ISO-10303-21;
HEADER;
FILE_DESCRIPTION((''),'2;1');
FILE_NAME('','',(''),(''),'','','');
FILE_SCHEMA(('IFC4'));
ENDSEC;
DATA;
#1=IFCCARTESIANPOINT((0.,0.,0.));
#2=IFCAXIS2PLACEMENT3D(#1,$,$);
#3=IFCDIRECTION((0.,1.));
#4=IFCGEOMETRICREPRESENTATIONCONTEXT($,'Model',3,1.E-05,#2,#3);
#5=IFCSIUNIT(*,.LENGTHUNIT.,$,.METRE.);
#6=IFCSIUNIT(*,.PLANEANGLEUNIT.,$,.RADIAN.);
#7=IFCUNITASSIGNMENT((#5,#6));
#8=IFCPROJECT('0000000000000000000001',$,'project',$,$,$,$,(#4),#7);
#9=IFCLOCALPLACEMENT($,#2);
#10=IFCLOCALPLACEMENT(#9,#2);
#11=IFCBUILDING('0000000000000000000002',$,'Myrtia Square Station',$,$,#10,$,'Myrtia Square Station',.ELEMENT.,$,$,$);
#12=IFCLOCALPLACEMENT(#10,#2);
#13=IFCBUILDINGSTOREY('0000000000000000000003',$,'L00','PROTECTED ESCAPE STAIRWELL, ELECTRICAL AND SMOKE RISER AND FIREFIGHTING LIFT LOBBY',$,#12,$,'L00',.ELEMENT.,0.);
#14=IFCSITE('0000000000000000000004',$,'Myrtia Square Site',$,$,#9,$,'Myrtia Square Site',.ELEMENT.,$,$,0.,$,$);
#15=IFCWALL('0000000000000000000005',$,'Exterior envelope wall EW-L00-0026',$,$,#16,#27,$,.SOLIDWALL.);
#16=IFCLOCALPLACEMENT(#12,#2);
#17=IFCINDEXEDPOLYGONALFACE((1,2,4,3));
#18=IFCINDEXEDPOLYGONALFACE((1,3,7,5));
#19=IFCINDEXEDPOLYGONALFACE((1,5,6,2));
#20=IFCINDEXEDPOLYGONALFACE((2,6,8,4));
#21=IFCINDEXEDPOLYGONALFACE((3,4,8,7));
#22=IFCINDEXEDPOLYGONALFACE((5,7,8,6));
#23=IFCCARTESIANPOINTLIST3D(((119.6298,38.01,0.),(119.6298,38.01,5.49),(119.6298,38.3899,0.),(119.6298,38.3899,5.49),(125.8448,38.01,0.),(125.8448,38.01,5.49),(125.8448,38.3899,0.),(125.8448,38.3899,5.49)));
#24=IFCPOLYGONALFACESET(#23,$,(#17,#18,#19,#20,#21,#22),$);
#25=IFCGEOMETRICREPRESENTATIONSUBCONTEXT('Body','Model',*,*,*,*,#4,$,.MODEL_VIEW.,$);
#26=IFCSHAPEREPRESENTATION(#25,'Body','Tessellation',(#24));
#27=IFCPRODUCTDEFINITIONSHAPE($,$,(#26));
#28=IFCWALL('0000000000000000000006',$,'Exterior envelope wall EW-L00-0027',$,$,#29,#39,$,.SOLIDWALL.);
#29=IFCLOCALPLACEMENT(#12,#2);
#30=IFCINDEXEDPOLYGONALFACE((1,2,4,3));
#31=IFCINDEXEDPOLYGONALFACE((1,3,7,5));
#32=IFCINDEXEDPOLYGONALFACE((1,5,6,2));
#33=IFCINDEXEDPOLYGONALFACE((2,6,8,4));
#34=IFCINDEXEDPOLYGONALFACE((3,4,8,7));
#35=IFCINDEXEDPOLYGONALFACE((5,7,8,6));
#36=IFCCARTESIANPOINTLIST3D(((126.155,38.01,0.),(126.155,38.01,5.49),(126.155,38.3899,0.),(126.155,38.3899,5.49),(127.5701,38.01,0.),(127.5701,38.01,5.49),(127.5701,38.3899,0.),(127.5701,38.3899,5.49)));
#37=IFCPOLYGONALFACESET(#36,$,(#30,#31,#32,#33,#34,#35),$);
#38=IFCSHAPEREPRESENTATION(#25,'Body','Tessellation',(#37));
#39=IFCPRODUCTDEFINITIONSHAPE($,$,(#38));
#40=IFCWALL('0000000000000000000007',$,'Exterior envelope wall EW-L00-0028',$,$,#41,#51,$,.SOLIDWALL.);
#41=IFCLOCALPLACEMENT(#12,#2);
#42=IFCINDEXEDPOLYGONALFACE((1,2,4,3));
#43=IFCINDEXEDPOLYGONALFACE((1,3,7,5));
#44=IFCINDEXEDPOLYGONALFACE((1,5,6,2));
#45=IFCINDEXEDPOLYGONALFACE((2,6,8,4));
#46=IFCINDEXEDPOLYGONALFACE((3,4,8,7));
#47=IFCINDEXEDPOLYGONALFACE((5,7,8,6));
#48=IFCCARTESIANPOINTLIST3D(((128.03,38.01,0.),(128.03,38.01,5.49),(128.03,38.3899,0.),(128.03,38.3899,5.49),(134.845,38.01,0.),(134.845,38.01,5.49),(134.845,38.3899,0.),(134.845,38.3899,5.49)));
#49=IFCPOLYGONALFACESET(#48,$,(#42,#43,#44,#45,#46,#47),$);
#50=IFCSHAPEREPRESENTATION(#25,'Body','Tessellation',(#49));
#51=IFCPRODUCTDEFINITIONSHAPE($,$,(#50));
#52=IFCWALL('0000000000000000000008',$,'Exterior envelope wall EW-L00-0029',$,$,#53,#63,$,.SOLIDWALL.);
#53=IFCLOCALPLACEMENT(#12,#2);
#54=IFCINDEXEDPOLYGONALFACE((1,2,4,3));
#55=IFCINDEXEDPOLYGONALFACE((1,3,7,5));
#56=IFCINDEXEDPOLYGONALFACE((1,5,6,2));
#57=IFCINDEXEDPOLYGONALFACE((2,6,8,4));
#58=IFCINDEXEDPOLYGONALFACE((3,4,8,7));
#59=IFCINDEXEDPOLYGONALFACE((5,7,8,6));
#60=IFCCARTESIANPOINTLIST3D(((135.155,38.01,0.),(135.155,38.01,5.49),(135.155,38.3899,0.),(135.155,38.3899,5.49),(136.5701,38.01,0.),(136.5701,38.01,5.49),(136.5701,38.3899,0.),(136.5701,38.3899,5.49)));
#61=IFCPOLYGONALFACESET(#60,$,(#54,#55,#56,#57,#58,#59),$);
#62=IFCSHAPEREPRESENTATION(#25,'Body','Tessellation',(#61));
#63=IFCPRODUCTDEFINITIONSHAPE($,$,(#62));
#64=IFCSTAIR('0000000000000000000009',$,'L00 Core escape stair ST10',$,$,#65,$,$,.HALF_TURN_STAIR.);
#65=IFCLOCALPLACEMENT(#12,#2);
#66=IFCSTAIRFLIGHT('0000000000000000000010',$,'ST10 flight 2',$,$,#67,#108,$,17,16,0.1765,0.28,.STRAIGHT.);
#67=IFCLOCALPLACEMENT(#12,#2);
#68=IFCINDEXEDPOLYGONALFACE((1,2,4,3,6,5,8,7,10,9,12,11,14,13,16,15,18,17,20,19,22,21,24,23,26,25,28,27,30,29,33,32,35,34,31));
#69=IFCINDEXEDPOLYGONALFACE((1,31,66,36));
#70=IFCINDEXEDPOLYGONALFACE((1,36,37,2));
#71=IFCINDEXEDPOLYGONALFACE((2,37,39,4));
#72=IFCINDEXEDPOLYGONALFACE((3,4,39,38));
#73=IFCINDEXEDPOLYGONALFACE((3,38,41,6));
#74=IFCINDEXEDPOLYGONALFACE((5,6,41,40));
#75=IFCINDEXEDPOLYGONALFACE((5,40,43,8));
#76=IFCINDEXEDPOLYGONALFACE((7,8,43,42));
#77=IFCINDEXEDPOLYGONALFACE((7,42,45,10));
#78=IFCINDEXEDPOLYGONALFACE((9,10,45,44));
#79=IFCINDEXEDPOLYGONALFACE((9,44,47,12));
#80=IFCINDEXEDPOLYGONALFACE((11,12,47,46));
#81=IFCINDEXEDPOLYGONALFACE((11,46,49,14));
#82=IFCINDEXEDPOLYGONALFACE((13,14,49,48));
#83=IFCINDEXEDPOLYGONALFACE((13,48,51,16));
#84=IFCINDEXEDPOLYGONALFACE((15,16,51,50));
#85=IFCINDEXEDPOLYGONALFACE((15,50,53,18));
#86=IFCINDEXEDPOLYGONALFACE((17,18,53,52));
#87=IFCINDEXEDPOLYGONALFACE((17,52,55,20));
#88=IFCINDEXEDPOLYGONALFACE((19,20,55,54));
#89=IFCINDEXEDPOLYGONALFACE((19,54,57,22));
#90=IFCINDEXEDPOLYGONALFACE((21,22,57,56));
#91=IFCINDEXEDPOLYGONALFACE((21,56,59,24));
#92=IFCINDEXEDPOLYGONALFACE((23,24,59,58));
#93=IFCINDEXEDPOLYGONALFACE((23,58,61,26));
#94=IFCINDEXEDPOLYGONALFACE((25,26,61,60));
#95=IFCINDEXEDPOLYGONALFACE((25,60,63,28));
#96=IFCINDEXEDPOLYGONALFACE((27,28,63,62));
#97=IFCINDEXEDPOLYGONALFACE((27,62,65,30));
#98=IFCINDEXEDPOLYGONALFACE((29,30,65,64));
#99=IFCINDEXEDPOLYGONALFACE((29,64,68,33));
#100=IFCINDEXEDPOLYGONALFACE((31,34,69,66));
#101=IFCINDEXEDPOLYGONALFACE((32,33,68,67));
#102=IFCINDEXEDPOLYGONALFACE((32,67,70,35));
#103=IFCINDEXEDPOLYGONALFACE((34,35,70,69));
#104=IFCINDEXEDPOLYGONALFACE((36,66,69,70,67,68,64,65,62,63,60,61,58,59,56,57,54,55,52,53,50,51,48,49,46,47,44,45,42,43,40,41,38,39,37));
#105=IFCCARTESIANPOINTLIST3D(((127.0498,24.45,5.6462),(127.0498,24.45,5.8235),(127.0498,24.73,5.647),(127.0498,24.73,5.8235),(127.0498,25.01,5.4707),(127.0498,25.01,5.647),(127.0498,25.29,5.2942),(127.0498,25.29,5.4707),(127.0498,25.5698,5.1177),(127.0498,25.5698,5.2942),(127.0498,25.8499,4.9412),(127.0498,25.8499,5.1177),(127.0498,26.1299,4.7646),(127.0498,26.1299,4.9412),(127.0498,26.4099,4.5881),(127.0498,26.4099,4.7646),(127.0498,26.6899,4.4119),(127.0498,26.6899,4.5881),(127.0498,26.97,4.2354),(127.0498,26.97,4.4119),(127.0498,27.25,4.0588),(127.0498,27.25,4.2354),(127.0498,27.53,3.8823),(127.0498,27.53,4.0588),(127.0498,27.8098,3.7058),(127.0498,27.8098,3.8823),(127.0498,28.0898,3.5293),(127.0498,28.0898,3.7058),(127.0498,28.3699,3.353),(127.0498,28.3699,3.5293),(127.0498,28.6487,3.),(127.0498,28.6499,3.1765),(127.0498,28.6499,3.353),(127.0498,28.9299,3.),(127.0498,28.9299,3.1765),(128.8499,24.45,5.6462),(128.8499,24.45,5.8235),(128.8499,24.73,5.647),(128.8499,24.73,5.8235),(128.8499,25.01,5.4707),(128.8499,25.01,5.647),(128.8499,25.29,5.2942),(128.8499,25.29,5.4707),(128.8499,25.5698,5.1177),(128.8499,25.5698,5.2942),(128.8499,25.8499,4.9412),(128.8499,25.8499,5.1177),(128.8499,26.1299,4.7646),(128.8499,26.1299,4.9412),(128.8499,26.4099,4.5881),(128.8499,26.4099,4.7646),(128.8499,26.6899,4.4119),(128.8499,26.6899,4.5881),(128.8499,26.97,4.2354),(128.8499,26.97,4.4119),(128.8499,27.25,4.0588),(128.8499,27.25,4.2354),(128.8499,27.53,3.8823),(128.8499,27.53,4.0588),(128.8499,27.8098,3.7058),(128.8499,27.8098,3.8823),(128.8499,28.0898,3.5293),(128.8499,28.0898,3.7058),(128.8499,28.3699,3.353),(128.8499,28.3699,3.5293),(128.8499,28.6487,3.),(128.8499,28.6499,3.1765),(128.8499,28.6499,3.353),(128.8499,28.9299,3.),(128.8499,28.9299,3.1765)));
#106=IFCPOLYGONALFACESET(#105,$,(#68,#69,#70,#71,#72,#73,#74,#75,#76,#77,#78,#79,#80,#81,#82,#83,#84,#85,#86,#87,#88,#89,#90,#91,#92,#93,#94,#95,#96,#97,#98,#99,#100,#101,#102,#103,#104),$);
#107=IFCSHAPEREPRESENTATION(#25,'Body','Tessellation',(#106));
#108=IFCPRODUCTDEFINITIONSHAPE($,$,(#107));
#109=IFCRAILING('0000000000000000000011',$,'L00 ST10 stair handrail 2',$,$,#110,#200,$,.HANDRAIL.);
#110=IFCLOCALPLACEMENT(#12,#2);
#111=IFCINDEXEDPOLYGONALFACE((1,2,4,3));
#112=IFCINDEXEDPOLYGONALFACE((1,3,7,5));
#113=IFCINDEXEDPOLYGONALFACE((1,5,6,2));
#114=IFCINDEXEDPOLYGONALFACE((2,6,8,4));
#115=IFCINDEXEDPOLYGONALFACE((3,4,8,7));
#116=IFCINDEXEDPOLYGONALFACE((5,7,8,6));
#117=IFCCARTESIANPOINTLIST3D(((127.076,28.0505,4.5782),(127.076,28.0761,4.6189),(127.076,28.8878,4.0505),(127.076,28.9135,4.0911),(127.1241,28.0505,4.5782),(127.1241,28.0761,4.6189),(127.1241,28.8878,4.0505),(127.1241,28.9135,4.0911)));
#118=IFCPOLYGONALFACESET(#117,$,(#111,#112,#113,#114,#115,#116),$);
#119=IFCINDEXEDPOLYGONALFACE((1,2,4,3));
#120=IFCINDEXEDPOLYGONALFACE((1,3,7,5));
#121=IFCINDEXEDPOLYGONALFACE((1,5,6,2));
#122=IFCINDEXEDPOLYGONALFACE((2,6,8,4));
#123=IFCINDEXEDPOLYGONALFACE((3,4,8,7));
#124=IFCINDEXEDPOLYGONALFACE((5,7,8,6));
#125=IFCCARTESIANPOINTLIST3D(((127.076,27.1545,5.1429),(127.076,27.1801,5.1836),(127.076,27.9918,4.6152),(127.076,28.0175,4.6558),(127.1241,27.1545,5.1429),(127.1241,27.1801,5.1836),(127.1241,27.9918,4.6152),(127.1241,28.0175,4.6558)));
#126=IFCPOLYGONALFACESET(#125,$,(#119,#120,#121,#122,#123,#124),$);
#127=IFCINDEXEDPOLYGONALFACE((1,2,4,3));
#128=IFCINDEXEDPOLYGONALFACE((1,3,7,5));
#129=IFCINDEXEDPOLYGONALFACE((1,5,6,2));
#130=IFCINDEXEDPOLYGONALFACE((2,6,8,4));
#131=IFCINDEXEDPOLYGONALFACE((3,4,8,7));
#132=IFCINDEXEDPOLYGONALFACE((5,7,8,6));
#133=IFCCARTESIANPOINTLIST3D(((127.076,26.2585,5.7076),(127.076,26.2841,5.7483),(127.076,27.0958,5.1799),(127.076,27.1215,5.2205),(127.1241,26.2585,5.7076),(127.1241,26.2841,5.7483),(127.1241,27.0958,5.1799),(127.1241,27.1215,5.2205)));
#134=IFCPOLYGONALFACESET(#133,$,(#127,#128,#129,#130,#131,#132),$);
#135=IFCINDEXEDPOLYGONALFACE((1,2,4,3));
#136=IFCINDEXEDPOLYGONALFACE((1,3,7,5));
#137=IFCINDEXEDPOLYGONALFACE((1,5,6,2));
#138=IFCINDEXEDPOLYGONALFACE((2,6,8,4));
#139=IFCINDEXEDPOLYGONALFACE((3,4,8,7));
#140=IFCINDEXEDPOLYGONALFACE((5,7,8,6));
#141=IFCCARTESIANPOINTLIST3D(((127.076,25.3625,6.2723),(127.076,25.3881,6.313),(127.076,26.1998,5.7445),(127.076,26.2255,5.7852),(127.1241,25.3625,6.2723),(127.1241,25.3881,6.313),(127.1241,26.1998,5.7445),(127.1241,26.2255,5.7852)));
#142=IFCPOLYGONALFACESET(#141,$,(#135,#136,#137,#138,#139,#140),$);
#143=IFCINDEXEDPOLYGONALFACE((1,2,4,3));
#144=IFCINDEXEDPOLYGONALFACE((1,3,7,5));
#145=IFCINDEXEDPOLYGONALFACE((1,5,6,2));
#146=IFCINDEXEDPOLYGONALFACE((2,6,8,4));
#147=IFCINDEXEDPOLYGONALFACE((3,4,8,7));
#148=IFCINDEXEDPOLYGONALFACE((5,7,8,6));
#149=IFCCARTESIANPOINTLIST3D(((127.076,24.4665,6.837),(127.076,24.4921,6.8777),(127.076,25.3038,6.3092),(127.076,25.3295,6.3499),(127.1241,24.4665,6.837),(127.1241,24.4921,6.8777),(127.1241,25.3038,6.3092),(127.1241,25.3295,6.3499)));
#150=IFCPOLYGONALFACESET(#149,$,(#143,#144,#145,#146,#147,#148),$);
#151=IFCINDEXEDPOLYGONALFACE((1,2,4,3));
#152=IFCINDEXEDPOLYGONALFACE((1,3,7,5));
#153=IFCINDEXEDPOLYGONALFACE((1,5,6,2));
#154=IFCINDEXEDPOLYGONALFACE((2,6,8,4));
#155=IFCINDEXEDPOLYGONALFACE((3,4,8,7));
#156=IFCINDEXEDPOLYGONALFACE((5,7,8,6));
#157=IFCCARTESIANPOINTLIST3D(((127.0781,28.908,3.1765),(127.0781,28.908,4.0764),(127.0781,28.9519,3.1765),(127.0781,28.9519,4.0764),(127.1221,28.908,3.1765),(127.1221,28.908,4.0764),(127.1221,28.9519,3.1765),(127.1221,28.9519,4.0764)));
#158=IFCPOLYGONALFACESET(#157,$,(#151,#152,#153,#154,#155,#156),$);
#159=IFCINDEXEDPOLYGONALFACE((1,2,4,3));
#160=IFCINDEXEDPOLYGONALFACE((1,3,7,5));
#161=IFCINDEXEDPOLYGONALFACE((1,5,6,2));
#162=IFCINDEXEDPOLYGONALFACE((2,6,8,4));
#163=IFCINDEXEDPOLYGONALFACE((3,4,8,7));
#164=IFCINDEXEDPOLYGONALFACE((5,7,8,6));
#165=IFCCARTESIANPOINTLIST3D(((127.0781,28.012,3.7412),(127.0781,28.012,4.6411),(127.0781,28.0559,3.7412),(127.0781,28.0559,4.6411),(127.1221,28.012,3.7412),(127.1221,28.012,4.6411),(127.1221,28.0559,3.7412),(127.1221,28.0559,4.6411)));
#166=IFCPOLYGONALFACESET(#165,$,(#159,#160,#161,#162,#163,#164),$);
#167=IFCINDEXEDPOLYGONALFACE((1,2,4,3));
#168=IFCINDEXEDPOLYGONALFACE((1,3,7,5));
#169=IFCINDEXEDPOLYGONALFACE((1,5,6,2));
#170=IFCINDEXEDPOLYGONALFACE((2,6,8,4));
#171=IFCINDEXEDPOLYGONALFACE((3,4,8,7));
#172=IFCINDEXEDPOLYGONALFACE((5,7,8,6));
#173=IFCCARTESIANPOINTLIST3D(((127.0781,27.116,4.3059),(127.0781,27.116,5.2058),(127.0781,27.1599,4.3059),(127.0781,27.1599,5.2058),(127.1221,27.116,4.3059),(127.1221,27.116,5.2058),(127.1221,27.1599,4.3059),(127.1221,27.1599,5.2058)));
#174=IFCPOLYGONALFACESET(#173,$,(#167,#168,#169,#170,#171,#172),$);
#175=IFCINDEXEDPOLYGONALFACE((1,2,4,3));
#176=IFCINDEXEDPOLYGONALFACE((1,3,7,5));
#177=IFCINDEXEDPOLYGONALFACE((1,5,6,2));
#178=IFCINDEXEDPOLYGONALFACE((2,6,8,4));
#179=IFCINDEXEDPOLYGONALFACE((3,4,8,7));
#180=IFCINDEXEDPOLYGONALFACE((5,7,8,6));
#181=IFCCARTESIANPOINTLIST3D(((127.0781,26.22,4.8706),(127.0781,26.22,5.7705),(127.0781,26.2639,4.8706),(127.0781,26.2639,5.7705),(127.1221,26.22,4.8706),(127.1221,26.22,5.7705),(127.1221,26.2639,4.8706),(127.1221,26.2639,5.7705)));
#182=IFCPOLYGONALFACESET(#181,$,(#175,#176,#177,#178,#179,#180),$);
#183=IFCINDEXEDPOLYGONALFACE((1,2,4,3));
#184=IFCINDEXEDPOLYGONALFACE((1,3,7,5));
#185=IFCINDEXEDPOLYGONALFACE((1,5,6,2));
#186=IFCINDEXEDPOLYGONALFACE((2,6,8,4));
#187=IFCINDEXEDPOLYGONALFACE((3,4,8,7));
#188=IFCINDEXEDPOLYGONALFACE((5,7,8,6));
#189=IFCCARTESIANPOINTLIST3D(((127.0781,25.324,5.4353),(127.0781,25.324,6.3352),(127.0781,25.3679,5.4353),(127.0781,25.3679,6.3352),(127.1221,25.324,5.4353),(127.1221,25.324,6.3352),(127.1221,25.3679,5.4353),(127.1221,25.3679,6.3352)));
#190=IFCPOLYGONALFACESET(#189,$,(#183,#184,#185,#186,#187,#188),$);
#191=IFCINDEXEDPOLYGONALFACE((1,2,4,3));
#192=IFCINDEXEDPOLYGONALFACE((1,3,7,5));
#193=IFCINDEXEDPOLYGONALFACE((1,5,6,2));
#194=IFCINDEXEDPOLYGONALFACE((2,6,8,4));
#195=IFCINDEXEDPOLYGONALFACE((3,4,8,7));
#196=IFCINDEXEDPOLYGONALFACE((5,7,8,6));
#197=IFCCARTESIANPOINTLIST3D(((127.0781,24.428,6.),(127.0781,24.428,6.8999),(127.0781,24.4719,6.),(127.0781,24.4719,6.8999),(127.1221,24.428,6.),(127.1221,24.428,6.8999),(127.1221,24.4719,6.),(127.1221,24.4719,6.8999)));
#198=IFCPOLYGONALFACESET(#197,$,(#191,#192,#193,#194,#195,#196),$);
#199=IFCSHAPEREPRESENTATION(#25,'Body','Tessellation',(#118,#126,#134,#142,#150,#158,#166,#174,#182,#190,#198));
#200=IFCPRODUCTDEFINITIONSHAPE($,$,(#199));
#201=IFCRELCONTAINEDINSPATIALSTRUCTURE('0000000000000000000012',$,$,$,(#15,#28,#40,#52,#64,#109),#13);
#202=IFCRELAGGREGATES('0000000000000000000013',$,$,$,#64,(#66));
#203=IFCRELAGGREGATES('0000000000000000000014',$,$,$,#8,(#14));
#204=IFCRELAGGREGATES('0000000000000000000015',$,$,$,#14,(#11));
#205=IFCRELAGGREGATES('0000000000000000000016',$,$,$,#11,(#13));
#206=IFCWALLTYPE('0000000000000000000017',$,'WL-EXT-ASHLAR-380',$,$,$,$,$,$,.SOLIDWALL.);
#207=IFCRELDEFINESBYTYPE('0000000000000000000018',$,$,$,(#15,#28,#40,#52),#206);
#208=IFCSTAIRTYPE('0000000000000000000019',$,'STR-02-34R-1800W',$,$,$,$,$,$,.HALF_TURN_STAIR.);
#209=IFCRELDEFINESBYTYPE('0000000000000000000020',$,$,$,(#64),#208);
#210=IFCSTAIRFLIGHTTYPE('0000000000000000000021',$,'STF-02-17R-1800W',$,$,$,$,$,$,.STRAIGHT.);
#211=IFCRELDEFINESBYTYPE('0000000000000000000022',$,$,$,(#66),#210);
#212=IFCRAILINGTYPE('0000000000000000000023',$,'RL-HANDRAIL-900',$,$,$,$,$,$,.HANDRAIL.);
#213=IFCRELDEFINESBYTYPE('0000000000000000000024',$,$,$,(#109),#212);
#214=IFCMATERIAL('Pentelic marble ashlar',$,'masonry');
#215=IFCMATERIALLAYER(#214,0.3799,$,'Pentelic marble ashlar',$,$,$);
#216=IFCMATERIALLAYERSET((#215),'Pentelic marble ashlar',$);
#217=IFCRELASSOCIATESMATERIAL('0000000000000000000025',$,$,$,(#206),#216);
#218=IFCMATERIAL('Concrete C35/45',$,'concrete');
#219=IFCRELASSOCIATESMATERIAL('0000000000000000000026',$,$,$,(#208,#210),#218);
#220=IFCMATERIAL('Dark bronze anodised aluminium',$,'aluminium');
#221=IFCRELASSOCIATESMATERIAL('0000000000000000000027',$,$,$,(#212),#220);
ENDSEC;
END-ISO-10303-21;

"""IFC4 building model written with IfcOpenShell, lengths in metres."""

from ifc_helpers import new_model, si_unit, direction, frame, frame_2d, origin, origin_2d, place, context, subcontext, project, spatial, polyline, rectangle, outline, extrude, material, layer, layer_set, type_object, element, aggregate, save


model = new_model("IFC4")

# Units and contexts
model_context = context("Model", 3, precision=1e-05, world=origin(), true_north=direction((0.0, 1.0)))
body_context = subcontext(model_context, "Body", "Model", "MODEL_VIEW")
ifc_project = project(units=[si_unit("LENGTHUNIT", "METRE"), si_unit("PLANEANGLEUNIT", "RADIAN")], contexts=[model_context])

# Site, building, storey
site_placement = place(None, origin())
site = spatial("IfcSite", under=ifc_project, at=site_placement, Name="Myrtia Square Site", LongName="Myrtia Square Site", CompositionType="ELEMENT", RefElevation=0.0)
building_placement = place(site_placement, origin())
building = spatial("IfcBuilding", under=site, at=building_placement, Name="Myrtia Square Station", LongName="Myrtia Square Station", CompositionType="ELEMENT")
storey_placement = place(building_placement, origin())
storey = spatial("IfcBuildingStorey", under=building, at=storey_placement, Name="L00", Description="PROTECTED ESCAPE STAIRWELL, ELECTRICAL AND SMOKE RISER AND FIREFIGHTING LIFT LOBBY", LongName="L00", CompositionType="ELEMENT", Elevation=0.0)

# Walls
ifc_material_1 = material(Name="Concrete C35/45", Category="concrete")
ifc_material_2 = material(Name="Pentelic marble ashlar", Category="masonry")
ifc_layer_1 = layer(ifc_material_2, 0.3799, Name="Pentelic marble ashlar")
ifc_layer_set_1 = layer_set([ifc_layer_1], Name="Pentelic marble ashlar")
wall_type_1 = type_object("IfcWallType", Name="WL-EXT-ASHLAR-380", PredefinedType="SOLIDWALL", material=ifc_layer_set_1)
wall_1_placement = place(storey_placement, frame((119.6299, 38.2, 0.0), z_axis=(0.0, 0.0, 1.0), x_axis=(1.0, 0.0, 0.0)))
element("IfcWall", 1, at=wall_1_placement, inside=storey, type_object=wall_type_1, Name="Exterior envelope wall EW-L00-0026", PredefinedType="SOLIDWALL", context=body_context, shape_type="SweptSolid", body=[
    extrude(rectangle(XDim=6.2151, YDim=0.3799, at=frame_2d((3.1074, 0.0))), origin(), (0.0, 0.0, 1.0), 5.49),
])
wall_2_placement = place(storey_placement, frame((126.155, 38.2, 0.0), z_axis=(0.0, 0.0, 1.0), x_axis=(1.0, 0.0, 0.0)))
element("IfcWall", 2, at=wall_2_placement, inside=storey, type_object=wall_type_1, Name="Exterior envelope wall EW-L00-0027", PredefinedType="SOLIDWALL", context=body_context, shape_type="SweptSolid", body=[
    extrude(rectangle(XDim=1.415, YDim=0.3799, at=frame_2d((0.7075, 0.0))), origin(), (0.0, 0.0, 1.0), 5.49),
])
wall_3_placement = place(storey_placement, frame((128.03, 38.2, 0.0), z_axis=(0.0, 0.0, 1.0), x_axis=(1.0, 0.0, 0.0)))
element("IfcWall", 3, at=wall_3_placement, inside=storey, type_object=wall_type_1, Name="Exterior envelope wall EW-L00-0028", PredefinedType="SOLIDWALL", context=body_context, shape_type="SweptSolid", body=[
    extrude(rectangle(XDim=6.8149, YDim=0.3799, at=frame_2d((3.4075, 0.0))), origin(), (0.0, 0.0, 1.0), 5.49),
])
wall_4_placement = place(storey_placement, frame((135.155, 38.2, 0.0), z_axis=(0.0, 0.0, 1.0), x_axis=(1.0, 0.0, 0.0)))
element("IfcWall", 4, at=wall_4_placement, inside=storey, type_object=wall_type_1, Name="Exterior envelope wall EW-L00-0029", PredefinedType="SOLIDWALL", context=body_context, shape_type="SweptSolid", body=[
    extrude(rectangle(XDim=1.415, YDim=0.3799, at=frame_2d((0.7075, 0.0))), origin(), (0.0, 0.0, 1.0), 5.49),
])

# Stair, stair flight
stair_type = type_object("IfcStairType", Name="STR-02-34R-1800W", PredefinedType="HALF_TURN_STAIR", material=ifc_material_1)
stair_placement = place(storey_placement, origin())
stair = element("IfcStair", 5, at=stair_placement, inside=storey, type_object=stair_type, Name="L00 Core escape stair ST10", PredefinedType="HALF_TURN_STAIR")
stair_flight_type = type_object("IfcStairFlightType", Name="STF-02-17R-1800W", PredefinedType="STRAIGHT", material=ifc_material_1)
stair_flight_placement = place(storey_placement, frame((127.95, 28.9299, 3.0), z_axis=(0.0, 0.0, 1.0), x_axis=(0.0, -1.0, 0.0)))
stair_flight = element("IfcStairFlight", 6, at=stair_flight_placement, type_object=stair_flight_type, Name="ST10 flight 2", NumberOfRisers=17, NumberOfTreads=16, PredefinedType="STRAIGHT", RiserHeight=0.1765, TreadLength=0.28, context=body_context, shape_type="SweptSolid", body=[
    extrude(outline(polyline([(0.0, 0.0), (0.0, 0.1765), (0.28, 0.1765), (0.28, 0.353), (0.5601, 0.353), (0.5601, 0.5293), (0.8401, 0.5293), (0.8401, 0.7058), (1.1201, 0.7058), (1.1201, 0.8823), (1.3999, 0.8823), (1.3999, 1.0588), (1.6799, 1.0588), (1.6799, 1.2354), (1.96, 1.2354), (1.96, 1.4119), (2.24, 1.4119), (2.24, 1.5881), (2.52, 1.5881), (2.52, 1.7646), (2.8, 1.7646), (2.8, 1.9412), (3.0801, 1.9412), (3.0801, 2.1177), (3.3601, 2.1177), (3.3601, 2.2942), (3.6399, 2.2942), (3.6399, 2.4707), (3.9199, 2.4707), (3.9199, 2.647), (4.2, 2.647), (4.2, 2.8235), (4.48, 2.8235), (4.48, 3.0), (4.48, 2.6462), (0.2812, 0.0), (0.0, 0.0)])), frame((0.0, 0.8999, 0.0), z_axis=(0.0, -1.0, 0.0), x_axis=(1.0, 0.0, 0.0)), (0.0, 0.0, 1.0), 1.8),
])
aggregate(stair, [stair_flight])

# Railing
ifc_material_3 = material(Name="Dark bronze anodised aluminium", Category="aluminium")
railing_type_1 = type_object("IfcRailingType", Name="RL-HANDRAIL-900", PredefinedType="HANDRAIL", material=ifc_material_3)
railing_1_placement = place(storey_placement, frame((127.1001, 28.9299, 3.1765)))
element("IfcRailing", 7, at=railing_1_placement, inside=storey, type_object=railing_type_1, Name="L00 ST10 stair handrail 2", PredefinedType="HANDRAIL", context=body_context, shape_type="SweptSolid", body=[
    extrude(rectangle(XDim=0.0481, YDim=0.0481, at=origin_2d()), frame((0.0, -0.0293, 0.8943), z_axis=(0.0, -0.845998, 0.533186), x_axis=(1.0, 0.0, 0.0)), (0.0, 0.0, 1.0), 0.9897),
    extrude(rectangle(XDim=0.0481, YDim=0.0481, at=origin_2d()), frame((0.0, -0.9253, 1.459), z_axis=(0.0, -0.845998, 0.533186), x_axis=(1.0, 0.0, 0.0)), (0.0, 0.0, 1.0), 0.9897),
    extrude(rectangle(XDim=0.0481, YDim=0.0481, at=origin_2d()), frame((0.0, -1.8213, 2.0237), z_axis=(0.0, -0.845998, 0.533186), x_axis=(1.0, 0.0, 0.0)), (0.0, 0.0, 1.0), 0.9897),
    extrude(rectangle(XDim=0.0481, YDim=0.0481, at=origin_2d()), frame((0.0, -2.7173, 2.5884), z_axis=(0.0, -0.845998, 0.533186), x_axis=(1.0, 0.0, 0.0)), (0.0, 0.0, 1.0), 0.9897),
    extrude(rectangle(XDim=0.0481, YDim=0.0481, at=origin_2d()), frame((0.0, -3.6133, 3.1531), z_axis=(0.0, -0.845998, 0.533186), x_axis=(1.0, 0.0, 0.0)), (0.0, 0.0, 1.0), 0.9897),
    extrude(rectangle(XDim=0.0439, YDim=0.0439, at=origin_2d()), origin(), (0.0, 0.0, 1.0), 0.8999),
    extrude(rectangle(XDim=0.0439, YDim=0.0439, at=origin_2d()), frame((0.0, -0.896, 0.5647)), (0.0, 0.0, 1.0), 0.8999),
    extrude(rectangle(XDim=0.0439, YDim=0.0439, at=origin_2d()), frame((0.0, -1.792, 1.1294)), (0.0, 0.0, 1.0), 0.8999),
    extrude(rectangle(XDim=0.0439, YDim=0.0439, at=origin_2d()), frame((0.0, -2.688, 1.6941)), (0.0, 0.0, 1.0), 0.8999),
    extrude(rectangle(XDim=0.0439, YDim=0.0439, at=origin_2d()), frame((0.0, -3.584, 2.2588)), (0.0, 0.0, 1.0), 0.8999),
    extrude(rectangle(XDim=0.0439, YDim=0.0439, at=origin_2d()), frame((0.0, -4.48, 2.8235)), (0.0, 0.0, 1.0), 0.8999),
])

save(model, "model.ifc")
